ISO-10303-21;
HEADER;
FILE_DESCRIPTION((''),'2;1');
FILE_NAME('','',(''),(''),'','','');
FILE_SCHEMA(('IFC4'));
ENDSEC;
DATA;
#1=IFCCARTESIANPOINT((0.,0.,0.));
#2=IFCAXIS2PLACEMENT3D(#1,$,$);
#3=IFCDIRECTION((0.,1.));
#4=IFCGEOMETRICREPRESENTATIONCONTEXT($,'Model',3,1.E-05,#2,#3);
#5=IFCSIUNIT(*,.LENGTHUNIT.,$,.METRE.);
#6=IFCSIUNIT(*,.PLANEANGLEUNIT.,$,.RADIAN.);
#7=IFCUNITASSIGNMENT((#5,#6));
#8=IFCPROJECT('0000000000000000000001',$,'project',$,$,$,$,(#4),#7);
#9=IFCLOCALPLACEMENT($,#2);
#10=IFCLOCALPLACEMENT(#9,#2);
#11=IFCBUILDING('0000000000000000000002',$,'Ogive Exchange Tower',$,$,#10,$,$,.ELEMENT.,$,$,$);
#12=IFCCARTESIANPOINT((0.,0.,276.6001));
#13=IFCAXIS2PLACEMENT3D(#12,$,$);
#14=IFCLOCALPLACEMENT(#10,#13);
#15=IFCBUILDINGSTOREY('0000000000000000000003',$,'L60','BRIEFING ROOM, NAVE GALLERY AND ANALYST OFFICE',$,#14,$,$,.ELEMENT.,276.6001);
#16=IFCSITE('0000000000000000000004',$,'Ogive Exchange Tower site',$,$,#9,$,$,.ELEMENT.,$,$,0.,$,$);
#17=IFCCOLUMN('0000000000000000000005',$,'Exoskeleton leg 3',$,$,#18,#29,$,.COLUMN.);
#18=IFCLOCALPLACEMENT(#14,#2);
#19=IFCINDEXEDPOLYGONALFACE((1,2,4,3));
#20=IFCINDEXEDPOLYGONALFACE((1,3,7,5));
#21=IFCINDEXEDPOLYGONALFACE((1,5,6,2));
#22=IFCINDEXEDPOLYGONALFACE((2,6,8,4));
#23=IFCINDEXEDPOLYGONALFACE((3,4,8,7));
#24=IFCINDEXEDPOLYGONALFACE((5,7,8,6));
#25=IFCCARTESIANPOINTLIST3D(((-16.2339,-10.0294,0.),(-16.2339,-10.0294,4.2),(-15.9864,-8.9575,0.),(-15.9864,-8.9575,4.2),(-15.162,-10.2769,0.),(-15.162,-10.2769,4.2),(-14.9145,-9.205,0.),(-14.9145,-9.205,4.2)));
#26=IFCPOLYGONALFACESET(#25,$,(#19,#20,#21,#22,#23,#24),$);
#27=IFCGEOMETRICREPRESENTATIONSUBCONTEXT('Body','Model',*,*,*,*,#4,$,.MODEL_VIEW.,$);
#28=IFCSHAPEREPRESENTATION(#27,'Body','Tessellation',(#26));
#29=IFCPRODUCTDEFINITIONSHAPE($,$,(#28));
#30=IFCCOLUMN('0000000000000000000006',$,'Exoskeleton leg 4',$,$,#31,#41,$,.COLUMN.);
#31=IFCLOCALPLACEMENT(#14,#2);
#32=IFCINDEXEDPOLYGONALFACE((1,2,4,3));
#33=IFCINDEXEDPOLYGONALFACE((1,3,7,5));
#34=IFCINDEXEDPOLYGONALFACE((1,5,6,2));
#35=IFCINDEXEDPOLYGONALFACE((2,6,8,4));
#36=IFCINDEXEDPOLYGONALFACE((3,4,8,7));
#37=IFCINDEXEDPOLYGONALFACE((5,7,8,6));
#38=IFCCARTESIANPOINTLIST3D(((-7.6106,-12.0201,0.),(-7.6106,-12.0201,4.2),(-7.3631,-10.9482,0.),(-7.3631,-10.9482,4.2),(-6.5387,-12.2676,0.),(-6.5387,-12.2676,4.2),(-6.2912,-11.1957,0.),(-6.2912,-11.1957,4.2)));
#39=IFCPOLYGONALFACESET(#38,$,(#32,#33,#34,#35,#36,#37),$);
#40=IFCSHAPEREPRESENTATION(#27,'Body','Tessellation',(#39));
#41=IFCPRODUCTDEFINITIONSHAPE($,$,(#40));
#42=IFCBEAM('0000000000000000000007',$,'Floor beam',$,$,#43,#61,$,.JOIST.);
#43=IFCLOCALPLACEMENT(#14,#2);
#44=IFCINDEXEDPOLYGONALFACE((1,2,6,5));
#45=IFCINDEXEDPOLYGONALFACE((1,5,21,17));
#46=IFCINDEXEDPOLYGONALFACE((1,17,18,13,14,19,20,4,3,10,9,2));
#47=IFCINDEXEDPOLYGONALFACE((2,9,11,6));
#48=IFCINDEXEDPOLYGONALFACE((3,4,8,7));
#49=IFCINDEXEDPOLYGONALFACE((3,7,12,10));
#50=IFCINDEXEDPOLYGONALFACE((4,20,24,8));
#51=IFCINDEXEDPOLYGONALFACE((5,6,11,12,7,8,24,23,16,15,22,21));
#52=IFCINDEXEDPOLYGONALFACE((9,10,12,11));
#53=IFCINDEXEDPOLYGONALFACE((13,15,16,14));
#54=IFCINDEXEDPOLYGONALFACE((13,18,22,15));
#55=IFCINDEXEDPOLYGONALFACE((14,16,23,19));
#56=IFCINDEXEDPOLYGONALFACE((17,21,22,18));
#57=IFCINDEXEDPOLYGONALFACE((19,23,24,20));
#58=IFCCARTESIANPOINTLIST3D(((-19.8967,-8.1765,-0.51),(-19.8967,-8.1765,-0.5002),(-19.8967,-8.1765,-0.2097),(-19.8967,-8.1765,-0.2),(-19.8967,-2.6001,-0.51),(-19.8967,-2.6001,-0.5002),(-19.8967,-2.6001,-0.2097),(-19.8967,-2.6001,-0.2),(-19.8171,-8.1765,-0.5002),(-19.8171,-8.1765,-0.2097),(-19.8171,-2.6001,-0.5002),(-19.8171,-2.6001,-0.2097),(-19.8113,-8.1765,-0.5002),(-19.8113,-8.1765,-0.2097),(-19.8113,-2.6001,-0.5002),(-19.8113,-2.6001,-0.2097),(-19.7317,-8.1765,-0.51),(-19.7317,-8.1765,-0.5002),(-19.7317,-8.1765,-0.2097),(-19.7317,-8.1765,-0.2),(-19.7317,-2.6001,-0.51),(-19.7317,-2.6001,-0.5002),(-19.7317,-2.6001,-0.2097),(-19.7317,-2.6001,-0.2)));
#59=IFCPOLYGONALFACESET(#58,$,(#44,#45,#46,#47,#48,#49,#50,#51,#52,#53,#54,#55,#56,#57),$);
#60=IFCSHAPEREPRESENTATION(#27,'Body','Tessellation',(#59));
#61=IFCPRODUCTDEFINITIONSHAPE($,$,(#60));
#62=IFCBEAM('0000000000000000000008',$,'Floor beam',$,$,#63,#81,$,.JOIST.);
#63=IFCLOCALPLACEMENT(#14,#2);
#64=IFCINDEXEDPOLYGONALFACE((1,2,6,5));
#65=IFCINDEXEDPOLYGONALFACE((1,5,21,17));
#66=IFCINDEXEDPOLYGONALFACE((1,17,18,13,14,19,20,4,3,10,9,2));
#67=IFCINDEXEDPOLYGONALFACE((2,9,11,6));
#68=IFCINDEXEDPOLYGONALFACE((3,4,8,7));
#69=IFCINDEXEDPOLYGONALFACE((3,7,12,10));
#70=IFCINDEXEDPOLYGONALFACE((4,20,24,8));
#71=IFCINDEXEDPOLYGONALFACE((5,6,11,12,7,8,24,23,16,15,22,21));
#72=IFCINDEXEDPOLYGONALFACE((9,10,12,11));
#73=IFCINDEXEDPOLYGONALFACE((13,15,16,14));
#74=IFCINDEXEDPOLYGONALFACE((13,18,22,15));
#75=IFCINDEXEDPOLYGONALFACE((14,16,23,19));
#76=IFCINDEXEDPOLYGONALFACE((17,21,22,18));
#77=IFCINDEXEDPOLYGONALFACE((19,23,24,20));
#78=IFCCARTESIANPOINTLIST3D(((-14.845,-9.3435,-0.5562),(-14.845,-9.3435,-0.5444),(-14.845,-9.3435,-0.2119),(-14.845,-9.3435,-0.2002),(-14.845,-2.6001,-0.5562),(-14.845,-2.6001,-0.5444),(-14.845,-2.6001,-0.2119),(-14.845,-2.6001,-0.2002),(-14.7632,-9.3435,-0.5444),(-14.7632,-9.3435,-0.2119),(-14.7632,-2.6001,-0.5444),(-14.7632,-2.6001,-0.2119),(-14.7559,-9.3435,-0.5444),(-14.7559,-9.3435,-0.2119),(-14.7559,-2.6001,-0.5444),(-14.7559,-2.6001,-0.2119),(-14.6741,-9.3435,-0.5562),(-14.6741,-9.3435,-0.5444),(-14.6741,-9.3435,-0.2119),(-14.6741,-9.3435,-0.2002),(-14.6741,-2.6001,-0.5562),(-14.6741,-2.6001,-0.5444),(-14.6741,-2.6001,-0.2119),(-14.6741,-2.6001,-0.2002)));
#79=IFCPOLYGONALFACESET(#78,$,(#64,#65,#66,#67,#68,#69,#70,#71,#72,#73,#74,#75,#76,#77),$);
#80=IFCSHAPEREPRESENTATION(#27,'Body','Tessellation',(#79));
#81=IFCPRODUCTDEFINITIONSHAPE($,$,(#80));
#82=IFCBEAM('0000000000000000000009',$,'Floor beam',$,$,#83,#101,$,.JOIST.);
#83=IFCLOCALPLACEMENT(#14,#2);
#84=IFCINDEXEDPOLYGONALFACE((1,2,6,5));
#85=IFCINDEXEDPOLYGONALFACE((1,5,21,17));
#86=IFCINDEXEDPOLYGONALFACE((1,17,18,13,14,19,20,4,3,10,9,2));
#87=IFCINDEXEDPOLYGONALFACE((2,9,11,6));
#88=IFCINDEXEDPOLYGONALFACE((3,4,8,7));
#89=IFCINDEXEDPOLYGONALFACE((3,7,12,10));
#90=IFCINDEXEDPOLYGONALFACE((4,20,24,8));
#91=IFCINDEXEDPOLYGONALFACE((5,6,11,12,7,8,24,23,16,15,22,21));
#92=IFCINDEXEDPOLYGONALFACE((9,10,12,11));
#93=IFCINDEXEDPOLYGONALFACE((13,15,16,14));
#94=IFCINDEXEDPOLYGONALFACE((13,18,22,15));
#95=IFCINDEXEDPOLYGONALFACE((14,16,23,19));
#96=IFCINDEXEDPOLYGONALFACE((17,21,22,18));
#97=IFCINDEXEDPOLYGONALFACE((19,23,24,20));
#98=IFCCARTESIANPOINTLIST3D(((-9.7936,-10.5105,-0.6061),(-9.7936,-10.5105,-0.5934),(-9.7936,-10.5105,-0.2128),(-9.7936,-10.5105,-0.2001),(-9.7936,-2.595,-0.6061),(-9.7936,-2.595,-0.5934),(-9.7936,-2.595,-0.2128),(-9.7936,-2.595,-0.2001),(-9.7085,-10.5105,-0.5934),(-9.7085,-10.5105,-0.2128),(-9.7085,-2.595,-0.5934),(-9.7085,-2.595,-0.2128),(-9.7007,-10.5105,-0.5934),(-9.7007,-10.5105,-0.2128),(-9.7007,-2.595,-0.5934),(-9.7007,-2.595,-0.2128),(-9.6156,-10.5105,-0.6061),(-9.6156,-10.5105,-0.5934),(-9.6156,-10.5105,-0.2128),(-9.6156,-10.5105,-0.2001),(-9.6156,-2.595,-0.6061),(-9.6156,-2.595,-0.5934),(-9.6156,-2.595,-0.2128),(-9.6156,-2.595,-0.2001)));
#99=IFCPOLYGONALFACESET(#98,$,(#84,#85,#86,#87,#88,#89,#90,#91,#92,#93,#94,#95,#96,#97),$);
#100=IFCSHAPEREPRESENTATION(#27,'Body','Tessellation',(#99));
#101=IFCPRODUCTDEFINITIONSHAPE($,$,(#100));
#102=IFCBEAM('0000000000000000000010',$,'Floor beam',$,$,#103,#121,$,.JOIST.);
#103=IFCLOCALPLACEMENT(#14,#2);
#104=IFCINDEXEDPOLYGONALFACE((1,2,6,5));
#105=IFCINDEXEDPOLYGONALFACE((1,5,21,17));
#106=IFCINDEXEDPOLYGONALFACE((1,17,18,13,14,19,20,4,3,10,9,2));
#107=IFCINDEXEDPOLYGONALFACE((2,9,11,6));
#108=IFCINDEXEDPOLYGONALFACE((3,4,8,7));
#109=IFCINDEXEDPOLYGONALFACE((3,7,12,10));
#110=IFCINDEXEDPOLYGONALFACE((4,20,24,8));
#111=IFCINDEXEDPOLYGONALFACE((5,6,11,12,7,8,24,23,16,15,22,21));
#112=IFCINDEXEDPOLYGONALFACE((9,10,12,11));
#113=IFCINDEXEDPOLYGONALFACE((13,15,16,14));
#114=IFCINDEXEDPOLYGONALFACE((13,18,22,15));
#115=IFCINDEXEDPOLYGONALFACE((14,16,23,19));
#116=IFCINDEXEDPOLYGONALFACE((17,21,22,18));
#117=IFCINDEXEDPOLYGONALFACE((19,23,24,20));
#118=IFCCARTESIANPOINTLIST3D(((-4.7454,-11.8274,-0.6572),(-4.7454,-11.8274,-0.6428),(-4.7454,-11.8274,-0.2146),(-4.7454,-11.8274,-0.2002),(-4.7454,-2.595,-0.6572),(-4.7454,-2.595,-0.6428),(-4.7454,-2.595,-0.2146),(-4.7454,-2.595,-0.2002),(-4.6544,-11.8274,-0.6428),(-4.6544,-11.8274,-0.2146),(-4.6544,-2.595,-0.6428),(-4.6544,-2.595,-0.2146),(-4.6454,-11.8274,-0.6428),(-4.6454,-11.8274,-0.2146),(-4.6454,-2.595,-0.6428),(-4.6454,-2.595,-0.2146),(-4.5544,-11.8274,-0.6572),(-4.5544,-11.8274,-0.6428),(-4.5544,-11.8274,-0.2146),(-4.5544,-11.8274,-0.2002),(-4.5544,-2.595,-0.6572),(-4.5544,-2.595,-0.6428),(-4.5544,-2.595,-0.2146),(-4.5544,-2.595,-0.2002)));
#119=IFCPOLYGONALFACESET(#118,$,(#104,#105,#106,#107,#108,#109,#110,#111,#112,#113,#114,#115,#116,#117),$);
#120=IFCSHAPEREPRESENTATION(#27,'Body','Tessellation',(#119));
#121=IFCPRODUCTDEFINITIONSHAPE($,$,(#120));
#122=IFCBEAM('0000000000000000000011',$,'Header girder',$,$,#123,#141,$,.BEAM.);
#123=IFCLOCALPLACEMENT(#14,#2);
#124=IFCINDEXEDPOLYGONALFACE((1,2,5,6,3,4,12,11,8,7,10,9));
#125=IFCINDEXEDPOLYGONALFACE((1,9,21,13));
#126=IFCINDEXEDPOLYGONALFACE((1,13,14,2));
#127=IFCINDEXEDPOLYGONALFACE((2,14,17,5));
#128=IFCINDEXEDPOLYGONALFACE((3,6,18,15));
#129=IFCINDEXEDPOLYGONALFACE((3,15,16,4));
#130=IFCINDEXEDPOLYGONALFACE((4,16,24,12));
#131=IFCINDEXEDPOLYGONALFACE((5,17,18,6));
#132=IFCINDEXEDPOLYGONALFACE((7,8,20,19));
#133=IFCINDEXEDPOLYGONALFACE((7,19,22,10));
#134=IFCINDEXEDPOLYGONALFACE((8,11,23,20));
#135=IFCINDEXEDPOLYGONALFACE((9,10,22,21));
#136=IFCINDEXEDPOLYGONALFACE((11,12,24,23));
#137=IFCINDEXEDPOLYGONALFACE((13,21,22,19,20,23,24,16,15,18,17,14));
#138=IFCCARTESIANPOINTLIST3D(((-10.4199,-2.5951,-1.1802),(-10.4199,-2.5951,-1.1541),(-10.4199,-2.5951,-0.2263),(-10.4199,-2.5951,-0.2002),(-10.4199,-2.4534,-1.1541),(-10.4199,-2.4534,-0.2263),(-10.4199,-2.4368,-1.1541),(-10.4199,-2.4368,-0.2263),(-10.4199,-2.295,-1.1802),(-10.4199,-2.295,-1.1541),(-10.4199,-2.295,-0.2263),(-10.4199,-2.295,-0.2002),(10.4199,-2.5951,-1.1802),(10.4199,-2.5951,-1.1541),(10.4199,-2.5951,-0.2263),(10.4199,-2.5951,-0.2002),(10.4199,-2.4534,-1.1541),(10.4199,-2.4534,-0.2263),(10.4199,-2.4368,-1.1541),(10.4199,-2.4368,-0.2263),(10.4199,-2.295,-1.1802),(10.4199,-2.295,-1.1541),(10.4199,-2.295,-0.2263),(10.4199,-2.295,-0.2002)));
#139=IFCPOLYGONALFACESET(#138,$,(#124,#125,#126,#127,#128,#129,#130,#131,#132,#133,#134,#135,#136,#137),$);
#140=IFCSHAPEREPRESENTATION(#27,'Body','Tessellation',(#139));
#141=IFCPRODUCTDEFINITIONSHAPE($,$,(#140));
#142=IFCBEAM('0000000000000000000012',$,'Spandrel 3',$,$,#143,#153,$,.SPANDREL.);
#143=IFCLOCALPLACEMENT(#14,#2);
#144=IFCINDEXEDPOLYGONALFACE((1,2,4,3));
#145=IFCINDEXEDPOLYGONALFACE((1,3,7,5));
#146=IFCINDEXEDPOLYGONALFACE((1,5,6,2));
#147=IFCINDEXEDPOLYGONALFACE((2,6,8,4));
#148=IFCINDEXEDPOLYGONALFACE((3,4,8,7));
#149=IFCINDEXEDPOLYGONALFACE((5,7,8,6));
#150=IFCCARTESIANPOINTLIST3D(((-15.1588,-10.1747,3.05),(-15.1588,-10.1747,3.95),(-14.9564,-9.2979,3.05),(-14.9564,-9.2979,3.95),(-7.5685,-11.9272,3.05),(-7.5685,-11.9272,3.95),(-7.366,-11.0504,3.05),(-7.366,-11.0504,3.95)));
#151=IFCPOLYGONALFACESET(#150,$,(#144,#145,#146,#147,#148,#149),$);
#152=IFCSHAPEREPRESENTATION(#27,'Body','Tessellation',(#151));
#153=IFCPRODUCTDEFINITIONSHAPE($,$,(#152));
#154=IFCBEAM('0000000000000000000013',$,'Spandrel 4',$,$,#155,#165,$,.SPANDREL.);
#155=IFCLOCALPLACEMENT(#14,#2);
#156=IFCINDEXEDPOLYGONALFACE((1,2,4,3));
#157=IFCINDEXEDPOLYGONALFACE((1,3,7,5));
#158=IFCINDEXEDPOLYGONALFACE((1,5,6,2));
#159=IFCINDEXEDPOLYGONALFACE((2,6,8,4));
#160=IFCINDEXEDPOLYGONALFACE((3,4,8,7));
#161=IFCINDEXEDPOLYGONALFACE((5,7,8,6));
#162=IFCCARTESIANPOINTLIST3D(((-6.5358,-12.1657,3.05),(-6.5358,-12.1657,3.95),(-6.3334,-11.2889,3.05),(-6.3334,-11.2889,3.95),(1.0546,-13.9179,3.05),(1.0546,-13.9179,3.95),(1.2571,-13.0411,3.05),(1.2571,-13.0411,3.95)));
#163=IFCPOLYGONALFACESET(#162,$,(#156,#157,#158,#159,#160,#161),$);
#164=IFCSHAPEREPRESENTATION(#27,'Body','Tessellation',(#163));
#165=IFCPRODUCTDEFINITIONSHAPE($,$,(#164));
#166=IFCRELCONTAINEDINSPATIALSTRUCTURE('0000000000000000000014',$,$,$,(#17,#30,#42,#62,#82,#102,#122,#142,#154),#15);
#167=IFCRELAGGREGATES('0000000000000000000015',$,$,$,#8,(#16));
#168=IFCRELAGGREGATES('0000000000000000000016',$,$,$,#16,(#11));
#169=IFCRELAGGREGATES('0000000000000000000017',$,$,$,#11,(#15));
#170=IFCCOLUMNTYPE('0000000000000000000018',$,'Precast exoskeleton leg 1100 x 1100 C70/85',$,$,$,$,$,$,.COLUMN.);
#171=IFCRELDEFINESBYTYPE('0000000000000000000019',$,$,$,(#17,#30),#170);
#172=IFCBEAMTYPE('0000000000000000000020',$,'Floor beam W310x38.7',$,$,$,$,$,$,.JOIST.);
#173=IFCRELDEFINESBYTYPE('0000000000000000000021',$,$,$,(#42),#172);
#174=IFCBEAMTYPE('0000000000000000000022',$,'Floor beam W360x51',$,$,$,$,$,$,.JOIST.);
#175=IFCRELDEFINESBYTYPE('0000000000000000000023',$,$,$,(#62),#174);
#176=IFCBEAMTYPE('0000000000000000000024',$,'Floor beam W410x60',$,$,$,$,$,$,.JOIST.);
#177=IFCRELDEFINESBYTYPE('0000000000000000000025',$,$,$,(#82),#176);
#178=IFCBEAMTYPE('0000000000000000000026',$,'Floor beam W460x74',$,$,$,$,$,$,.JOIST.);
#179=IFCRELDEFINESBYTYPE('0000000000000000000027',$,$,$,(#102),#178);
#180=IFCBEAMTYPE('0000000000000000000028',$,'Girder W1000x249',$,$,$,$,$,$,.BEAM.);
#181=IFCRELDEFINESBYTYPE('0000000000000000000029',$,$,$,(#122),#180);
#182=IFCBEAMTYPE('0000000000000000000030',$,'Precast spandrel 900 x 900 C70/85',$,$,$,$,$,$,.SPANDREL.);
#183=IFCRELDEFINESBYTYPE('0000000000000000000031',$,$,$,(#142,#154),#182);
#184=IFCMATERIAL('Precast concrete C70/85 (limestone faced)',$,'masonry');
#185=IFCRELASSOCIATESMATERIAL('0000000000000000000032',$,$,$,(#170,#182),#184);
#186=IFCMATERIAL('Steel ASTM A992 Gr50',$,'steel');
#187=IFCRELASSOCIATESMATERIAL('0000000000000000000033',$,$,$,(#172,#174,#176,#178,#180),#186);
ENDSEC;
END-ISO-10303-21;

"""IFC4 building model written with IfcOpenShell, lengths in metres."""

from ifc_helpers import new_model, si_unit, direction, frame, origin, origin_2d, place, context, subcontext, project, spatial, rectangle, i_section, extrude, material, material_profile, profile_set, type_object, element, save


model = new_model("IFC4")

# Units and contexts
model_context = context("Model", 3, precision=1e-05, world=origin(), true_north=direction((0.0, 1.0)))
body_context = subcontext(model_context, "Body", "Model", "MODEL_VIEW")
ifc_project = project(units=[si_unit("LENGTHUNIT", "METRE"), si_unit("PLANEANGLEUNIT", "RADIAN")], contexts=[model_context])

# Site, building, storey
site_placement = place(None, origin())
site = spatial("IfcSite", under=ifc_project, at=site_placement, Name="Ogive Exchange Tower site", CompositionType="ELEMENT", RefElevation=0.0)
building_placement = place(site_placement, origin())
building = spatial("IfcBuilding", under=site, at=building_placement, Name="Ogive Exchange Tower", CompositionType="ELEMENT")
storey_placement = place(building_placement, frame((0.0, 0.0, 276.6001)))
storey = spatial("IfcBuildingStorey", under=building, at=storey_placement, Name="L60", Description="BRIEFING ROOM, NAVE GALLERY AND ANALYST OFFICE", CompositionType="ELEMENT", Elevation=276.6001)

# Columns
ifc_material_1 = material(Name="Precast concrete C70/85 (limestone faced)", Category="masonry")
ifc_material_profile_1 = material_profile(ifc_material_1, rectangle(XDim=1.1001, YDim=1.1001, at=origin_2d()), Name="1100 x 1100")
ifc_profile_set_1 = profile_set([ifc_material_profile_1], Name="Precast concrete C70/85 (limestone faced)")
column_type = type_object("IfcColumnType", Name="Precast exoskeleton leg 1100 x 1100 C70/85", PredefinedType="COLUMN", material=ifc_profile_set_1)
for number, where, z_axis, x_axis, name in (
    (1, (-15.5742, -9.6172, 0.0), (0.0, 0.0, 1.0), (0.97437, -0.224951, 0.0), "Exoskeleton leg 3"),
    (2, (-6.9509, -11.6079, 0.0), (0.0, 0.0, 1.0), (0.97437, -0.224951, 0.0), "Exoskeleton leg 4"),
):
    element("IfcColumn", number, at=place(storey_placement, frame(where, z_axis=z_axis, x_axis=x_axis)), inside=storey, type_object=column_type, Name=name, PredefinedType="COLUMN", context=body_context, shape_type="SweptSolid", body=[
        extrude(rectangle(XDim=1.1001, YDim=1.1001, at=origin_2d()), origin(), (0.0, 0.0, 1.0), 4.2),
    ])

# Beams
ifc_material_2 = material(Name="Steel ASTM A992 Gr50", Category="steel")
ifc_material_profile_2 = material_profile(ifc_material_2, i_section(OverallWidth=0.165, OverallDepth=0.3101, WebThickness=0.0059, FlangeThickness=0.0098, at=origin_2d()), Name="W310x38.7")
ifc_profile_set_2 = profile_set([ifc_material_profile_2], Name="Steel ASTM A992 Gr50")
beam_type_1 = type_object("IfcBeamType", Name="Floor beam W310x38.7", PredefinedType="JOIST", material=ifc_profile_set_2)
beam_1_placement = place(storey_placement, frame((-19.8142, -8.1765, -0.355), z_axis=(0.0, 1.0, 0.0), x_axis=(-1.0, 0.0, 0.0)))
element("IfcBeam", 3, at=beam_1_placement, inside=storey, type_object=beam_type_1, Name="Floor beam", PredefinedType="JOIST", context=body_context, shape_type="SweptSolid", body=[
    extrude(i_section(OverallWidth=0.165, OverallDepth=0.3101, WebThickness=0.0059, FlangeThickness=0.0098, at=origin_2d()), origin(), (0.0, 0.0, 1.0), 5.5764),
])
ifc_material_profile_3 = material_profile(ifc_material_2, i_section(OverallWidth=0.1709, OverallDepth=0.356, WebThickness=0.0073, FlangeThickness=0.0117, at=origin_2d()), Name="W360x51")
ifc_profile_set_3 = profile_set([ifc_material_profile_3], Name="Steel ASTM A992 Gr50")
beam_type_2 = type_object("IfcBeamType", Name="Floor beam W360x51", PredefinedType="JOIST", material=ifc_profile_set_3)
beam_2_placement = place(storey_placement, frame((-14.7595, -9.3435, -0.3782), z_axis=(0.0, 1.0, 0.0), x_axis=(-1.0, 0.0, 0.0)))
element("IfcBeam", 4, at=beam_2_placement, inside=storey, type_object=beam_type_2, Name="Floor beam", PredefinedType="JOIST", context=body_context, shape_type="SweptSolid", body=[
    extrude(i_section(OverallWidth=0.1709, OverallDepth=0.356, WebThickness=0.0073, FlangeThickness=0.0117, at=origin_2d()), origin(), (0.0, 0.0, 1.0), 6.7434),
])
ifc_material_profile_4 = material_profile(ifc_material_2, i_section(OverallWidth=0.178, OverallDepth=0.406, WebThickness=0.0078, FlangeThickness=0.0127, at=origin_2d()), Name="W410x60")
ifc_profile_set_4 = profile_set([ifc_material_profile_4], Name="Steel ASTM A992 Gr50")
beam_type_3 = type_object("IfcBeamType", Name="Floor beam W410x60", PredefinedType="JOIST", material=ifc_profile_set_4)
beam_3_placement = place(storey_placement, frame((-9.7046, -10.5105, -0.4031), z_axis=(0.0, 1.0, 0.0), x_axis=(-1.0, 0.0, 0.0)))
element("IfcBeam", 5, at=beam_3_placement, inside=storey, type_object=beam_type_3, Name="Floor beam", PredefinedType="JOIST", context=body_context, shape_type="SweptSolid", body=[
    extrude(i_section(OverallWidth=0.178, OverallDepth=0.406, WebThickness=0.0078, FlangeThickness=0.0127, at=origin_2d()), origin(), (0.0, 0.0, 1.0), 7.9155),
])
ifc_material_profile_5 = material_profile(ifc_material_2, i_section(OverallWidth=0.1909, OverallDepth=0.457, WebThickness=0.009, FlangeThickness=0.0144, at=origin_2d()), Name="W460x74")
ifc_profile_set_5 = profile_set([ifc_material_profile_5], Name="Steel ASTM A992 Gr50")
beam_type_4 = type_object("IfcBeamType", Name="Floor beam W460x74", PredefinedType="JOIST", material=ifc_profile_set_5)
beam_4_placement = place(storey_placement, frame((-4.6499, -11.8274, -0.4287), z_axis=(0.0, 1.0, 0.0), x_axis=(-1.0, 0.0, 0.0)))
element("IfcBeam", 6, at=beam_4_placement, inside=storey, type_object=beam_type_4, Name="Floor beam", PredefinedType="JOIST", context=body_context, shape_type="SweptSolid", body=[
    extrude(i_section(OverallWidth=0.1909, OverallDepth=0.457, WebThickness=0.009, FlangeThickness=0.0144, at=origin_2d()), origin(), (0.0, 0.0, 1.0), 9.2324),
])
ifc_material_profile_6 = material_profile(ifc_material_2, i_section(OverallWidth=0.3, OverallDepth=0.98, WebThickness=0.0166, FlangeThickness=0.0261, at=origin_2d()), Name="W1000x249")
ifc_profile_set_6 = profile_set([ifc_material_profile_6], Name="Steel ASTM A992 Gr50")
beam_type_5 = type_object("IfcBeamType", Name="Girder W1000x249", PredefinedType="BEAM", material=ifc_profile_set_6)
beam_5_placement = place(storey_placement, frame((-10.4199, -2.4451, -0.6902), z_axis=(1.0, 0.0, 0.0), x_axis=(0.0, 1.0, 0.0)))
element("IfcBeam", 7, at=beam_5_placement, inside=storey, type_object=beam_type_5, Name="Header girder", PredefinedType="BEAM", context=body_context, shape_type="SweptSolid", body=[
    extrude(i_section(OverallWidth=0.3, OverallDepth=0.98, WebThickness=0.0166, FlangeThickness=0.0261, at=origin_2d()), origin(), (0.0, 0.0, 1.0), 20.8398),
])
ifc_material_profile_7 = material_profile(ifc_material_1, rectangle(XDim=0.8999, YDim=0.8999, at=origin_2d()), Name="900 x 900")
ifc_profile_set_7 = profile_set([ifc_material_profile_7], Name="Precast concrete C70/85 (limestone faced)")
beam_type_6 = type_object("IfcBeamType", Name="Precast spandrel 900 x 900 C70/85", PredefinedType="SPANDREL", material=ifc_profile_set_7)
for number, where, z_axis, x_axis, name in (
    (8, (-15.0576, -9.7363, 3.5), (0.974368, -0.22496, 0.0), (0.22496, 0.974368, 0.0), "Spandrel 3"),
    (9, (-6.4346, -11.7273, 3.5), (0.974375, -0.22493, 0.0), (0.22493, 0.974375, 0.0), "Spandrel 4"),
):
    element("IfcBeam", number, at=place(storey_placement, frame(where, z_axis=z_axis, x_axis=x_axis)), inside=storey, type_object=beam_type_6, Name=name, PredefinedType="SPANDREL", context=body_context, shape_type="SweptSolid", body=[
        extrude(rectangle(XDim=0.8999, YDim=0.8999, at=origin_2d()), origin(), (0.0, 0.0, 1.0), 7.79),
    ])

save(model, "model.ifc")
